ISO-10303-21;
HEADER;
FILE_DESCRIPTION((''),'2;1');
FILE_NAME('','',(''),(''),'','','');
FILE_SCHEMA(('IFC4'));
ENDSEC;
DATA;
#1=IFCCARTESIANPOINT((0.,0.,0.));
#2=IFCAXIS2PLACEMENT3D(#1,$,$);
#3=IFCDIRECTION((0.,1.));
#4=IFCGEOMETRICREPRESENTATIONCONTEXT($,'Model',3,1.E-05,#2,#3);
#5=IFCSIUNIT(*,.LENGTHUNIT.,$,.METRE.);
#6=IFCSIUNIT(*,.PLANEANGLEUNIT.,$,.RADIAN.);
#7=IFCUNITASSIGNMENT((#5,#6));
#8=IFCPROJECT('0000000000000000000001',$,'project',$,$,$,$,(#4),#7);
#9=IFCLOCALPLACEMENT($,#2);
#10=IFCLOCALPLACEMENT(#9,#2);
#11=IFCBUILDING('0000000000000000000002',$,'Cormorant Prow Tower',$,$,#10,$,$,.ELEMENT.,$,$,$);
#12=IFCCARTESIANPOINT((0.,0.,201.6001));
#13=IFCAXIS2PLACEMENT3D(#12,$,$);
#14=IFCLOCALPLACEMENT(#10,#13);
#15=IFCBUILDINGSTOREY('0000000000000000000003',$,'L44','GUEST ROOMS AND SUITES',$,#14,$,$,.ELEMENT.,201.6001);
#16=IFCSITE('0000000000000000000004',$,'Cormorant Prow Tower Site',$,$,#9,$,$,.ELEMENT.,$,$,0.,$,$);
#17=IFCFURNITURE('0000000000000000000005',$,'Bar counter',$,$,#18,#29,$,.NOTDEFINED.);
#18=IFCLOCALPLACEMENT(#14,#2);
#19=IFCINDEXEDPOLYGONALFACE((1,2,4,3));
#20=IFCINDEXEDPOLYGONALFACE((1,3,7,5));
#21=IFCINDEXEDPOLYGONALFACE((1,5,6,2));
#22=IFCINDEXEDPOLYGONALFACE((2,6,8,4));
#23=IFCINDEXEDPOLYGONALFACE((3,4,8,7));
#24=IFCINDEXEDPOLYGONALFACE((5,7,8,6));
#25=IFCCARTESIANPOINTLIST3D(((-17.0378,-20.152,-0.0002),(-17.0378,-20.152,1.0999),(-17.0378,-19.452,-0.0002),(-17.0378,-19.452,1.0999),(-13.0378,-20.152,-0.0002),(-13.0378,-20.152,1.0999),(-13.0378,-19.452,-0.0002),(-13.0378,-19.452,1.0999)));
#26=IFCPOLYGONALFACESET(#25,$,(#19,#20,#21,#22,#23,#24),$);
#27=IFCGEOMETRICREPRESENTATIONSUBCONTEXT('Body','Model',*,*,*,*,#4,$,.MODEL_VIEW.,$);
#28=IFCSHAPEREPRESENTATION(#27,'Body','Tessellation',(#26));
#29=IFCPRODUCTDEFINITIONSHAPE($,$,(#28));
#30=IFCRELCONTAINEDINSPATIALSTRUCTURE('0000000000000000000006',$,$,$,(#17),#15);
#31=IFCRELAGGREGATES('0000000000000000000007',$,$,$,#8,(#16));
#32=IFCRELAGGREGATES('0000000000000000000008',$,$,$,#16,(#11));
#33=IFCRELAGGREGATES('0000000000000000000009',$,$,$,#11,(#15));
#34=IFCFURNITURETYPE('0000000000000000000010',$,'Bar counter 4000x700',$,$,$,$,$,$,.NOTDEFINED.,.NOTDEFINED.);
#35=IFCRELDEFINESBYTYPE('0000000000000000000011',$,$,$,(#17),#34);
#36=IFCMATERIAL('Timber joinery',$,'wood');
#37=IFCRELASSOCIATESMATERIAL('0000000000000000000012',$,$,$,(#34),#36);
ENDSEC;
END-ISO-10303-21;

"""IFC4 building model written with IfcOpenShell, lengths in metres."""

from ifc_helpers import new_model, si_unit, direction, frame, origin, origin_2d, place, context, subcontext, project, spatial, rectangle, extrude, material, type_object, element, save


model = new_model("IFC4")

# Units and contexts
model_context = context("Model", 3, precision=1e-05, world=origin(), true_north=direction((0.0, 1.0)))
body_context = subcontext(model_context, "Body", "Model", "MODEL_VIEW")
ifc_project = project(units=[si_unit("LENGTHUNIT", "METRE"), si_unit("PLANEANGLEUNIT", "RADIAN")], contexts=[model_context])

# Site, building, storey
site_placement = place(None, origin())
site = spatial("IfcSite", under=ifc_project, at=site_placement, Name="Cormorant Prow Tower Site", CompositionType="ELEMENT", RefElevation=0.0)
building_placement = place(site_placement, origin())
building = spatial("IfcBuilding", under=site, at=building_placement, Name="Cormorant Prow Tower", CompositionType="ELEMENT")
storey_placement = place(building_placement, frame((0.0, 0.0, 201.6001)))
storey = spatial("IfcBuildingStorey", under=building, at=storey_placement, Name="L44", Description="GUEST ROOMS AND SUITES", CompositionType="ELEMENT", Elevation=201.6001)

# Furniture
ifc_material_1 = material(Name="Timber joinery", Category="wood")
furniture_type_1 = type_object("IfcFurnitureType", Name="Bar counter 4000x700", AssemblyPlace="NOTDEFINED", PredefinedType="NOTDEFINED", material=ifc_material_1)
furniture_1_placement = place(storey_placement, frame((-15.0378, -19.802, -0.0002), z_axis=(0.0, 0.0, 1.0), x_axis=(1.0, 0.0, 0.0)))
element("IfcFurniture", 1, at=furniture_1_placement, inside=storey, type_object=furniture_type_1, Name="Bar counter", PredefinedType="NOTDEFINED", context=body_context, shape_type="SweptSolid", body=[
    extrude(rectangle(XDim=4.0, YDim=0.7, at=origin_2d()), origin(), (0.0, 0.0, 1.0), 1.1001),
])

save(model, "model.ifc")
